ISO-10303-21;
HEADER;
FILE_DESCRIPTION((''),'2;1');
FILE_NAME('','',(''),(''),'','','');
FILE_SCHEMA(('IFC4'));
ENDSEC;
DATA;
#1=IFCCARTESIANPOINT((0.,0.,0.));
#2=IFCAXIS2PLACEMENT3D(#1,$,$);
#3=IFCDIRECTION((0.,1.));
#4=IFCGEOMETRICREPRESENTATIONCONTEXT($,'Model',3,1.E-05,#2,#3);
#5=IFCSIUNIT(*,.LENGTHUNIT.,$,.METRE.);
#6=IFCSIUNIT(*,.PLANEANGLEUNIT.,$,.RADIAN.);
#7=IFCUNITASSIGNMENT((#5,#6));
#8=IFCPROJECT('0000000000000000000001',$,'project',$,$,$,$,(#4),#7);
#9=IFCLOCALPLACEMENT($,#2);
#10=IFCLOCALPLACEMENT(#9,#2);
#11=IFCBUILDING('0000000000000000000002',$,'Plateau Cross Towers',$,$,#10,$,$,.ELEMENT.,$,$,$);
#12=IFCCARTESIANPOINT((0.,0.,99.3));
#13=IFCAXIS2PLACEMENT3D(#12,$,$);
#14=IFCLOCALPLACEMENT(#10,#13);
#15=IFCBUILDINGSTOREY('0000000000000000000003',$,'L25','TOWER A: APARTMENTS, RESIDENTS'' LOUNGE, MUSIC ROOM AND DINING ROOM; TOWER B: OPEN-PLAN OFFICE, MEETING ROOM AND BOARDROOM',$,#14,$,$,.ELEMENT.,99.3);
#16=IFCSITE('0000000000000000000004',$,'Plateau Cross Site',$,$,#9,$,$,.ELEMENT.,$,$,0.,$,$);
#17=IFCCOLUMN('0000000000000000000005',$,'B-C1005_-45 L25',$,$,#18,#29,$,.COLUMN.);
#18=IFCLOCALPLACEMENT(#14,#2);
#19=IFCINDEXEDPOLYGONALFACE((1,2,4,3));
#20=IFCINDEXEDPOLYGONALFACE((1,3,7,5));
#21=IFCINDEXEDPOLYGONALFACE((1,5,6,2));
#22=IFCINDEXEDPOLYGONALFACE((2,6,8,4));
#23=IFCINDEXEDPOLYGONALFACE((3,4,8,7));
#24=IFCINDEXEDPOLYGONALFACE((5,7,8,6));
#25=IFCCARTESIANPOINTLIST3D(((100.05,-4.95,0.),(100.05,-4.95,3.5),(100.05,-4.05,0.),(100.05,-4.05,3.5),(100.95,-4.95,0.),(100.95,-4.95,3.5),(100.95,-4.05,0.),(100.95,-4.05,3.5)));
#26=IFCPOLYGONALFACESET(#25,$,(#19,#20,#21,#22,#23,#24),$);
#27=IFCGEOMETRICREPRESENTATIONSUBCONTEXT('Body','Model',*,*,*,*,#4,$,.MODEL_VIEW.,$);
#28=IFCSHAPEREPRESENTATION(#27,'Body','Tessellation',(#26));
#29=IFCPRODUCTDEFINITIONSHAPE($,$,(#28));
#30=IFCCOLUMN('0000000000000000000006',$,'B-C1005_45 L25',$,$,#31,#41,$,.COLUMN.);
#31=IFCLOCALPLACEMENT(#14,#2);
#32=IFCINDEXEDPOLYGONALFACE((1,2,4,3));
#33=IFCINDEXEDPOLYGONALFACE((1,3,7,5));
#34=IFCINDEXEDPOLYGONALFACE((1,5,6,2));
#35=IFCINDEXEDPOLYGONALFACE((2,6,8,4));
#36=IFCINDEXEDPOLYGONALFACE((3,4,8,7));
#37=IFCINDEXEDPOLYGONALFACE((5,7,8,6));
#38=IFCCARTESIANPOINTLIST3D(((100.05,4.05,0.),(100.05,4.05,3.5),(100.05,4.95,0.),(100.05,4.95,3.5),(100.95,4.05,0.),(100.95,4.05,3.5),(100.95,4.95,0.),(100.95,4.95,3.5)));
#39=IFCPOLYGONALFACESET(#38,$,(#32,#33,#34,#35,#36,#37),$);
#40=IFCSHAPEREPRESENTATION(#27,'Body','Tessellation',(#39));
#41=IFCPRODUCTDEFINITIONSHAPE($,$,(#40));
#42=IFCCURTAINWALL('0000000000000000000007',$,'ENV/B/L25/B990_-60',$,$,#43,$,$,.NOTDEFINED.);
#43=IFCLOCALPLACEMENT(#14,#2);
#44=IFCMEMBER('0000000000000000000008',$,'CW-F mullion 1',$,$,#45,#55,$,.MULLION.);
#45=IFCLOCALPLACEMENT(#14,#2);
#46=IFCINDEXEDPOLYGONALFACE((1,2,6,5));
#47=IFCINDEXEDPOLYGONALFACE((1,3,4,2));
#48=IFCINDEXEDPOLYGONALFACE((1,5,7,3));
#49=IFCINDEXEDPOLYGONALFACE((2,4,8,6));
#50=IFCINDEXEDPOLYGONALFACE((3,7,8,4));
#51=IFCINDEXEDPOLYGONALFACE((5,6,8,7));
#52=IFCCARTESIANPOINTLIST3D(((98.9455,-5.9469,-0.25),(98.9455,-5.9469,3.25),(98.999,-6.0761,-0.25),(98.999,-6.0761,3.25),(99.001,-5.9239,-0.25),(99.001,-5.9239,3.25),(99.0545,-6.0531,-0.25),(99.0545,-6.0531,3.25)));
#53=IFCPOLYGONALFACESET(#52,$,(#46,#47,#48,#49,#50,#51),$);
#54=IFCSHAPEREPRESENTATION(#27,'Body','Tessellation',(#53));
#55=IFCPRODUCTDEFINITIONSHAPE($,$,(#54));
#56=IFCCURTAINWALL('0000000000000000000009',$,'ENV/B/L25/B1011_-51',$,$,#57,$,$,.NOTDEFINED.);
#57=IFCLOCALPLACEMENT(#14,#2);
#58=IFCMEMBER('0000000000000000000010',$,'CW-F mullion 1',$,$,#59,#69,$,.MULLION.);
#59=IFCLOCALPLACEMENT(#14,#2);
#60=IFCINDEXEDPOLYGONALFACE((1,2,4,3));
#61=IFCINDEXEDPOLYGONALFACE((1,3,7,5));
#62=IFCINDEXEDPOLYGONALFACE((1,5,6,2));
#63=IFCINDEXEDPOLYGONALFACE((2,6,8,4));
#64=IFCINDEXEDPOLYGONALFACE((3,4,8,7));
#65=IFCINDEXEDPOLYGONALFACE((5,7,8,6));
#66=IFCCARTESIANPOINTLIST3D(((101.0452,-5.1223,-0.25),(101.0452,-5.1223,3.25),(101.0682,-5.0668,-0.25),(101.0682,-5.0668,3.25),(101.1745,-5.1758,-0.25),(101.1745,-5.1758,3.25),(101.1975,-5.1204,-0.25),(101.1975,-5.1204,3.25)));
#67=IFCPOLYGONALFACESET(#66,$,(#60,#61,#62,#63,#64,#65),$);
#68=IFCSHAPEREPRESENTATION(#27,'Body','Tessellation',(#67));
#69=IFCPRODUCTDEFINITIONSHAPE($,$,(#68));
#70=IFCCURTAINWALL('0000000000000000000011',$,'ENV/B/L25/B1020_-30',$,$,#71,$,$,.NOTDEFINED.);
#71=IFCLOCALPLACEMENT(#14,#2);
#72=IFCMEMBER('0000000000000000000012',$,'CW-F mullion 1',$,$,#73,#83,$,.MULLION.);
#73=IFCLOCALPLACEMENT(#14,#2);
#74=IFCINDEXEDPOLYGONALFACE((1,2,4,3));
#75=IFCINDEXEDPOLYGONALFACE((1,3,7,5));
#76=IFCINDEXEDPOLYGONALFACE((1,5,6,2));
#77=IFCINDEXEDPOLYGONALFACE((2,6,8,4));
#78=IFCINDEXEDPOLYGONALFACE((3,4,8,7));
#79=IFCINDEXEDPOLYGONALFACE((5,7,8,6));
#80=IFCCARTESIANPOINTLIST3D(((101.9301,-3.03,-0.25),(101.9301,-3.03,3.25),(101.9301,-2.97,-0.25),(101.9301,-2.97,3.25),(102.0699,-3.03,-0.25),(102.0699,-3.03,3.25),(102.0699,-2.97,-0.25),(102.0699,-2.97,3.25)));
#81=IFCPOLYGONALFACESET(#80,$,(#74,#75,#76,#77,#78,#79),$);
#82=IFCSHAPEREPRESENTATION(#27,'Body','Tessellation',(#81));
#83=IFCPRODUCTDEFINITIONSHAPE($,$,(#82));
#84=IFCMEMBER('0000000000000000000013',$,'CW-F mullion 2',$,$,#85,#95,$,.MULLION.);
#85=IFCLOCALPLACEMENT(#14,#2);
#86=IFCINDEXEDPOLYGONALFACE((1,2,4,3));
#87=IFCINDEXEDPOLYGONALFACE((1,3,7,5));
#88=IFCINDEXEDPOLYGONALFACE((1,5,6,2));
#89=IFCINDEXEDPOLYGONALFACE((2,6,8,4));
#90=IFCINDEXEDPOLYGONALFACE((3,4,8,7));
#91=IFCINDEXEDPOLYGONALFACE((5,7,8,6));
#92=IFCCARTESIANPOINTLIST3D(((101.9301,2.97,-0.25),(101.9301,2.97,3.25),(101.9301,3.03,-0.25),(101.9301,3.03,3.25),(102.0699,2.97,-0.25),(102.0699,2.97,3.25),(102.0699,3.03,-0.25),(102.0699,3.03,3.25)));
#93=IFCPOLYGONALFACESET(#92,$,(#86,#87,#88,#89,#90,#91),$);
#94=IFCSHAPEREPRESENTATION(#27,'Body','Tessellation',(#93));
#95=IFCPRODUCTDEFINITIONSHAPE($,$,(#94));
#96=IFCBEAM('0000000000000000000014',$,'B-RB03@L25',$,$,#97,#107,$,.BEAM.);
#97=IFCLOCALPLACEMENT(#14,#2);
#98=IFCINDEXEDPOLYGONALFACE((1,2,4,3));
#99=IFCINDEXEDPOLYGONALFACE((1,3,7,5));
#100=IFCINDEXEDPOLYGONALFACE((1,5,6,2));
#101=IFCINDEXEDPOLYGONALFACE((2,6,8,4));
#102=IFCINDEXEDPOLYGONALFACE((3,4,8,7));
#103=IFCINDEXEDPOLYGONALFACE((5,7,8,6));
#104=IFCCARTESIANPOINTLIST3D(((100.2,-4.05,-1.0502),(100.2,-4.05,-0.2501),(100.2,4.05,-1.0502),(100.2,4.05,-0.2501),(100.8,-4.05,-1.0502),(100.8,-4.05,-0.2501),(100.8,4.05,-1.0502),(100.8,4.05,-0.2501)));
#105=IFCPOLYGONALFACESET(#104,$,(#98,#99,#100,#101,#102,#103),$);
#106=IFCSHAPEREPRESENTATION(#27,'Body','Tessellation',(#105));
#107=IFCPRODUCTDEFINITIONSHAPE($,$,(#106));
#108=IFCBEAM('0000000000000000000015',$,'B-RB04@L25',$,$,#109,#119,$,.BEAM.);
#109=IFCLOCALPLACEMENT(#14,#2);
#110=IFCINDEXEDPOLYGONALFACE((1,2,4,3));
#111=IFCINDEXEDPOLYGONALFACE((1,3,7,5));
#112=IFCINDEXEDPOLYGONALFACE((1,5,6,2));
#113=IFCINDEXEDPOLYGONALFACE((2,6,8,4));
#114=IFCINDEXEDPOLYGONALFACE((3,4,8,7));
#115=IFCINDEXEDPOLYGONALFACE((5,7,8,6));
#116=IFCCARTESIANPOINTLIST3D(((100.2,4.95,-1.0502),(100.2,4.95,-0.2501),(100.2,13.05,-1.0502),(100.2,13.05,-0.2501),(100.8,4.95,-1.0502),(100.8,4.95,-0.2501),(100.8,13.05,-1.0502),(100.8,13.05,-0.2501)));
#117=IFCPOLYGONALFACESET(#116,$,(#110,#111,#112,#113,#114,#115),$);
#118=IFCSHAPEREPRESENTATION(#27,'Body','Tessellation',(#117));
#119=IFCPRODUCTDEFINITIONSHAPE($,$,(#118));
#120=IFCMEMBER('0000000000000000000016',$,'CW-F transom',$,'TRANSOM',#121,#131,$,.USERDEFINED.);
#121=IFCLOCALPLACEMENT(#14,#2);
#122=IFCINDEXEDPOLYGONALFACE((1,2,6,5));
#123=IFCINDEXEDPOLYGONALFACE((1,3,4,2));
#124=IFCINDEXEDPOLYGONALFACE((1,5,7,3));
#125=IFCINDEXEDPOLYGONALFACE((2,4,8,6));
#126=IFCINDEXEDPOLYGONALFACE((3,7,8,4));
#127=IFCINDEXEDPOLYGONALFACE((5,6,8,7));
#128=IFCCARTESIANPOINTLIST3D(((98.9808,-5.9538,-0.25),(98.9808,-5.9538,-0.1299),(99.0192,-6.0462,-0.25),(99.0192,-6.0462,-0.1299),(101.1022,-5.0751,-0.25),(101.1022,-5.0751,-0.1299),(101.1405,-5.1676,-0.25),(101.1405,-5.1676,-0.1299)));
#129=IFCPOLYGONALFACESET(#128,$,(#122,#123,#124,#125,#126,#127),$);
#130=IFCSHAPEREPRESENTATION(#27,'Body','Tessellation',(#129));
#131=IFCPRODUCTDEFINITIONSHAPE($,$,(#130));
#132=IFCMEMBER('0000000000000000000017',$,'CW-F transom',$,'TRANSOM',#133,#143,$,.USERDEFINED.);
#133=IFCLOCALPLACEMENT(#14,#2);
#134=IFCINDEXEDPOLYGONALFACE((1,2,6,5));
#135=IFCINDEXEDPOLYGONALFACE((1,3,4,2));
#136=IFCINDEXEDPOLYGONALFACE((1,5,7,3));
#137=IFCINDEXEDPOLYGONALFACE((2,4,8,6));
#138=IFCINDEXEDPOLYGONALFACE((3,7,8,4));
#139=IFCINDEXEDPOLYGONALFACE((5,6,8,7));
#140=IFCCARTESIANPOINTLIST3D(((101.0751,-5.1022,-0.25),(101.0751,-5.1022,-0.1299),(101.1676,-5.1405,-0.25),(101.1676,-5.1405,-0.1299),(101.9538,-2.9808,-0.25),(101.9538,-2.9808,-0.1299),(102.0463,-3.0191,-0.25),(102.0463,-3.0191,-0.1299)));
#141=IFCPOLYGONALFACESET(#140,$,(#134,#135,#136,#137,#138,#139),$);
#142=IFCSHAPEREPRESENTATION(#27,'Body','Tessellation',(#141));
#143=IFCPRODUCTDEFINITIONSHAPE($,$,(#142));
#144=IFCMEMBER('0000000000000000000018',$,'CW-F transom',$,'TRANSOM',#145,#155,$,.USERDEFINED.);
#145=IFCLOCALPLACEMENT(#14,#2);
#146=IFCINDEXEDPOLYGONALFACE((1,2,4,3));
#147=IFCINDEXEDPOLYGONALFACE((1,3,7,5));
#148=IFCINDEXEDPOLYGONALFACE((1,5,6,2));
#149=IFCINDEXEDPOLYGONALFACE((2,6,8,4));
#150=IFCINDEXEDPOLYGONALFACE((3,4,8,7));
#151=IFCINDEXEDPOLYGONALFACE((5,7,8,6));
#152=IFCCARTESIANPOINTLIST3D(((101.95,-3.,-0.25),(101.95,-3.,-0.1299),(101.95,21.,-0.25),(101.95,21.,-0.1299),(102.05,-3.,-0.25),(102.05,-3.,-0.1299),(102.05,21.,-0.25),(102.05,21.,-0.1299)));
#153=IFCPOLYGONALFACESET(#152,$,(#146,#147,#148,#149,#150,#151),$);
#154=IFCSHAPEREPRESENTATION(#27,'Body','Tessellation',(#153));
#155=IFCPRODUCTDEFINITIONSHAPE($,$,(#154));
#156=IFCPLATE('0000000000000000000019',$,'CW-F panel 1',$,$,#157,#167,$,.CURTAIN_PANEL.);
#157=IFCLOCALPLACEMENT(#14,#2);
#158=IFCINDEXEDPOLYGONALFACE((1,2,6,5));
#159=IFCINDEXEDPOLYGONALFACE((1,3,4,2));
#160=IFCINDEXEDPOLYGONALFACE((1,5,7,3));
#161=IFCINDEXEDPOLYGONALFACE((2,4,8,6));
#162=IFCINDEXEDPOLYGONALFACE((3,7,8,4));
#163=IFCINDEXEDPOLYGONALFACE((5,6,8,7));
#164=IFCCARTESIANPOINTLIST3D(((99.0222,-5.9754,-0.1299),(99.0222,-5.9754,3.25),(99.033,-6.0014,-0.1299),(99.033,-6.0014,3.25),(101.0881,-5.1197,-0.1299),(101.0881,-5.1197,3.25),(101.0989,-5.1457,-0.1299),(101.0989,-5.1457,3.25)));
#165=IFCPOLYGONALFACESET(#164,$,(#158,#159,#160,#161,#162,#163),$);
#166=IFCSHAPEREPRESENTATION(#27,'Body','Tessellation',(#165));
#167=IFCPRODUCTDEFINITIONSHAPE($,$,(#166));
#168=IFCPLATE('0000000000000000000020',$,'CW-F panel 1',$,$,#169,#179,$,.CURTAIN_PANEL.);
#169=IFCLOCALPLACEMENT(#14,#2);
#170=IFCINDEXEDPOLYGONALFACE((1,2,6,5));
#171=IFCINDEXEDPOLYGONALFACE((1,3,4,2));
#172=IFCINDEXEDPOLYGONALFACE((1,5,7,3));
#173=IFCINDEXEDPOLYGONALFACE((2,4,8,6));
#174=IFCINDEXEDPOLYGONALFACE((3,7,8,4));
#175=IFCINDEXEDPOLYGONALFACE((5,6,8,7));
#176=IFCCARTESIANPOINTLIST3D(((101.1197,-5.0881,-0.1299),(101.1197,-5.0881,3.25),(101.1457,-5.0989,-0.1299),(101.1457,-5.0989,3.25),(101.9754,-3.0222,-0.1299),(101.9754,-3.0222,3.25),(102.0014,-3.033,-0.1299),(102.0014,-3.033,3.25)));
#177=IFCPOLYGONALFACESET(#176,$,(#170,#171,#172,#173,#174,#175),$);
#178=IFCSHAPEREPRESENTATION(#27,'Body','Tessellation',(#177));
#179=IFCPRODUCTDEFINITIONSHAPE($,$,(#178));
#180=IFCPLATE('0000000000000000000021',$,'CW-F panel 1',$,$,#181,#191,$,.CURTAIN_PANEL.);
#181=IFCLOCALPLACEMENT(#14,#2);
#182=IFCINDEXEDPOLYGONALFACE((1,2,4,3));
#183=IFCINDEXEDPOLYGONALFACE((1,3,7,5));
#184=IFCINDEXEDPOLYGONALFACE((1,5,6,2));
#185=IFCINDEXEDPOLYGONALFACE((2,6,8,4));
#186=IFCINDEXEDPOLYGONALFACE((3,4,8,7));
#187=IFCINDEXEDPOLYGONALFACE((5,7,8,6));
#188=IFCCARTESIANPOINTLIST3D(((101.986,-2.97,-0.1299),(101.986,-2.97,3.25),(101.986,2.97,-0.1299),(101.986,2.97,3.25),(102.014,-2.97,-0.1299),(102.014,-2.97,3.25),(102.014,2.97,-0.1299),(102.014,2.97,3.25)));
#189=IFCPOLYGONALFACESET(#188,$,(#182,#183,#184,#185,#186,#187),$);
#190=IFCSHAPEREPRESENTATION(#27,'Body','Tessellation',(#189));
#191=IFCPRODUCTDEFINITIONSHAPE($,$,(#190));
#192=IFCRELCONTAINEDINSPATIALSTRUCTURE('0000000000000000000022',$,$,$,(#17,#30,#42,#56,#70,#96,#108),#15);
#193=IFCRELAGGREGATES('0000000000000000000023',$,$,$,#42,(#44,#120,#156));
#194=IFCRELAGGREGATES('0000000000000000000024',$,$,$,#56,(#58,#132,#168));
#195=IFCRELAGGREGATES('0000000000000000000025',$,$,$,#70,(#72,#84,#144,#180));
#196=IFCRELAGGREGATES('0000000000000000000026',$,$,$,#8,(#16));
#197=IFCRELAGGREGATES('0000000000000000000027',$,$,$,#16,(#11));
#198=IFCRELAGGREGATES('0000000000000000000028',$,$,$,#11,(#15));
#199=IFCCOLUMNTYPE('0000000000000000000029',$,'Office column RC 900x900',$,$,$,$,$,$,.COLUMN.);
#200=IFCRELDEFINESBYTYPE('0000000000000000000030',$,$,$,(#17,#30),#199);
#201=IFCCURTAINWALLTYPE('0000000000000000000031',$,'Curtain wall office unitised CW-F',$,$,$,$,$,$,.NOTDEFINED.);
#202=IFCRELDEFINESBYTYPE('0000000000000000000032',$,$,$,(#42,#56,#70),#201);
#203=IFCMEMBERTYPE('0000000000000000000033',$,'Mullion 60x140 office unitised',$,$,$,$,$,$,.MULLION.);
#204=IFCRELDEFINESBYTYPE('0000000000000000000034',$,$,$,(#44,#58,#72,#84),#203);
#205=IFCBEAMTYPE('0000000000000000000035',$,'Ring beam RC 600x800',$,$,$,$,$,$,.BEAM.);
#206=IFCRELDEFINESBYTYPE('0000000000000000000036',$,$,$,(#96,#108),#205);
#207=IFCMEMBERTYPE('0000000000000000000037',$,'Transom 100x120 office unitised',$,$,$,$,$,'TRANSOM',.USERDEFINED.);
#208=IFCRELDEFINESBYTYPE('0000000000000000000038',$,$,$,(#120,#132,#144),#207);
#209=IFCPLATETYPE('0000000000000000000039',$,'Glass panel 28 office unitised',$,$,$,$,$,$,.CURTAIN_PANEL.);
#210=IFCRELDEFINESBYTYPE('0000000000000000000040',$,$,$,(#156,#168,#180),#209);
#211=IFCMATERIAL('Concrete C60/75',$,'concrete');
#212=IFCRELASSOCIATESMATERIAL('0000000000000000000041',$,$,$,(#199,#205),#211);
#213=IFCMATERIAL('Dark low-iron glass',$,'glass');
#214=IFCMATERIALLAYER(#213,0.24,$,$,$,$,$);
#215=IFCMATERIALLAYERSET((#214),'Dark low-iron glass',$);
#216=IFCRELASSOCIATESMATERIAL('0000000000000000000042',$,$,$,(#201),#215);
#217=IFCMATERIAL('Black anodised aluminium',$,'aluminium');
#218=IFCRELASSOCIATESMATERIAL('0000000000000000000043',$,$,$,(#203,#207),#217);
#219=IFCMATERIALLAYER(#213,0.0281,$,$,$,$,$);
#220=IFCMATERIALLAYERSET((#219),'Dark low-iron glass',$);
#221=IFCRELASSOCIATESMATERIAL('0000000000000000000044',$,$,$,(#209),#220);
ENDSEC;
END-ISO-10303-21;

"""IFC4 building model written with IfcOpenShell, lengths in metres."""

from ifc_helpers import new_model, si_unit, direction, frame, origin, origin_2d, place, context, subcontext, project, spatial, rectangle, extrude, material, layer, layer_set, material_profile, profile_set, type_object, element, aggregate, save


model = new_model("IFC4")

# Units and contexts
model_context = context("Model", 3, precision=1e-05, world=origin(), true_north=direction((0.0, 1.0)))
body_context = subcontext(model_context, "Body", "Model", "MODEL_VIEW")
ifc_project = project(units=[si_unit("LENGTHUNIT", "METRE"), si_unit("PLANEANGLEUNIT", "RADIAN")], contexts=[model_context])

# Site, building, storey
site_placement = place(None, origin())
site = spatial("IfcSite", under=ifc_project, at=site_placement, Name="Plateau Cross Site", CompositionType="ELEMENT", RefElevation=0.0)
building_placement = place(site_placement, origin())
building = spatial("IfcBuilding", under=site, at=building_placement, Name="Plateau Cross Towers", CompositionType="ELEMENT")
storey_placement = place(building_placement, frame((0.0, 0.0, 99.3)))
storey = spatial("IfcBuildingStorey", under=building, at=storey_placement, Name="L25", Description="TOWER A: APARTMENTS, RESIDENTS' LOUNGE, MUSIC ROOM AND DINING ROOM; TOWER B: OPEN-PLAN OFFICE, MEETING ROOM AND BOARDROOM", CompositionType="ELEMENT", Elevation=99.3)

# Columns
ifc_material_1 = material(Name="Concrete C60/75", Category="concrete")
ifc_material_profile_1 = material_profile(ifc_material_1, rectangle(XDim=0.8999, YDim=0.8999, at=origin_2d()), Name="RC 900x900")
ifc_profile_set_1 = profile_set([ifc_material_profile_1], Name="Concrete C60/75")
column_type = type_object("IfcColumnType", Name="Office column RC 900x900", PredefinedType="COLUMN", material=ifc_profile_set_1)
for number, where, z_axis, x_axis, name in (
    (1, (100.5, -4.5, 0.0), (0.0, 0.0, 1.0), (1.0, 0.0, 0.0), "B-C1005_-45 L25"),
    (2, (100.5, 4.5, 0.0), (0.0, 0.0, 1.0), (1.0, 0.0, 0.0), "B-C1005_45 L25"),
):
    element("IfcColumn", number, at=place(storey_placement, frame(where, z_axis=z_axis, x_axis=x_axis)), inside=storey, type_object=column_type, Name=name, PredefinedType="COLUMN", context=body_context, shape_type="SweptSolid", body=[
        extrude(rectangle(XDim=0.8999, YDim=0.8999, at=origin_2d()), origin(), (0.0, 0.0, 1.0), 3.5),
    ])

# Curtain walls, members
ifc_material_2 = material(Name="Dark low-iron glass", Category="glass")
ifc_layer_1 = layer(ifc_material_2, 0.24)
ifc_layer_set_1 = layer_set([ifc_layer_1], Name="Dark low-iron glass")
curtain_wall_type = type_object("IfcCurtainWallType", Name="Curtain wall office unitised CW-F", PredefinedType="NOTDEFINED", material=ifc_layer_set_1)
curtain_wall_1_placement = place(storey_placement, origin())
curtain_wall_1 = element("IfcCurtainWall", 3, at=curtain_wall_1_placement, inside=storey, type_object=curtain_wall_type, Name="ENV/B/L25/B990_-60", PredefinedType="NOTDEFINED")
ifc_material_3 = material(Name="Black anodised aluminium", Category="aluminium")
ifc_material_profile_2 = material_profile(ifc_material_3, rectangle(XDim=0.0601, YDim=0.1399, at=origin_2d()), Name="MULLION 60x140")
ifc_profile_set_2 = profile_set([ifc_material_profile_2], Name="Black anodised aluminium")
member_type_1 = type_object("IfcMemberType", Name="Mullion 60x140 office unitised", PredefinedType="MULLION", material=ifc_profile_set_2)
member_1_placement = place(storey_placement, frame((99.0, -6.0, -0.25), z_axis=(0.0, 0.0, 1.0), x_axis=(0.923879, 0.382684, 0.0)))
member_1 = element("IfcMember", 4, at=member_1_placement, type_object=member_type_1, Name="CW-F mullion 1", PredefinedType="MULLION", context=body_context, shape_type="SweptSolid", body=[
    extrude(rectangle(XDim=0.0601, YDim=0.1399, at=origin_2d()), origin(), (0.0, 0.0, 1.0), 3.5),
])
curtain_wall_2_placement = place(storey_placement, origin())
curtain_wall_2 = element("IfcCurtainWall", 5, at=curtain_wall_2_placement, inside=storey, type_object=curtain_wall_type, Name="ENV/B/L25/B1011_-51", PredefinedType="NOTDEFINED")
member_2_placement = place(storey_placement, frame((101.1213, -5.1213, -0.25), z_axis=(0.0, 0.0, 1.0), x_axis=(0.382684, 0.923879, 0.0)))
member_2 = element("IfcMember", 6, at=member_2_placement, type_object=member_type_1, Name="CW-F mullion 1", PredefinedType="MULLION", context=body_context, shape_type="SweptSolid", body=[
    extrude(rectangle(XDim=0.0601, YDim=0.1399, at=origin_2d()), origin(), (0.0, 0.0, 1.0), 3.5),
])

# Curtain wall, members
curtain_wall_3_placement = place(storey_placement, origin())
curtain_wall_3 = element("IfcCurtainWall", 7, at=curtain_wall_3_placement, inside=storey, type_object=curtain_wall_type, Name="ENV/B/L25/B1020_-30", PredefinedType="NOTDEFINED")
member_3_placement = place(storey_placement, frame((102.0, -3.0, -0.25), z_axis=(0.0, 0.0, 1.0), x_axis=(0.0, 1.0, 0.0)))
member_3 = element("IfcMember", 8, at=member_3_placement, type_object=member_type_1, Name="CW-F mullion 1", PredefinedType="MULLION", context=body_context, shape_type="SweptSolid", body=[
    extrude(rectangle(XDim=0.0601, YDim=0.1399, at=origin_2d()), origin(), (0.0, 0.0, 1.0), 3.5),
])
member_4_placement = place(storey_placement, frame((102.0, 3.0, -0.25), z_axis=(0.0, 0.0, 1.0), x_axis=(0.0, 1.0, 0.0)))
member_4 = element("IfcMember", 9, at=member_4_placement, type_object=member_type_1, Name="CW-F mullion 2", PredefinedType="MULLION", context=body_context, shape_type="SweptSolid", body=[
    extrude(rectangle(XDim=0.0601, YDim=0.1399, at=origin_2d()), origin(), (0.0, 0.0, 1.0), 3.5),
])

# Beams
ifc_material_profile_3 = material_profile(ifc_material_1, rectangle(XDim=0.6001, YDim=0.8, at=origin_2d()), Name="RC 600x800")
ifc_profile_set_3 = profile_set([ifc_material_profile_3], Name="Concrete C60/75")
beam_type = type_object("IfcBeamType", Name="Ring beam RC 600x800", PredefinedType="BEAM", material=ifc_profile_set_3)
for number, where, z_axis, x_axis, name in (
    (10, (100.5, -4.05, -0.6501), (0.0, 1.0, 0.0), (-1.0, 0.0, 0.0), "B-RB03@L25"),
    (11, (100.5, 4.95, -0.6501), (0.0, 1.0, 0.0), (-1.0, 0.0, 0.0), "B-RB04@L25"),
):
    element("IfcBeam", number, at=place(storey_placement, frame(where, z_axis=z_axis, x_axis=x_axis)), inside=storey, type_object=beam_type, Name=name, PredefinedType="BEAM", context=body_context, shape_type="SweptSolid", body=[
        extrude(rectangle(XDim=0.6001, YDim=0.8, at=origin_2d()), origin(), (0.0, 0.0, 1.0), 8.1001),
    ])

# Members
ifc_material_profile_4 = material_profile(ifc_material_3, rectangle(XDim=0.1001, YDim=0.1201, at=origin_2d()), Name="TRANSOM 100x120")
ifc_profile_set_4 = profile_set([ifc_material_profile_4], Name="Black anodised aluminium")
member_type_2 = type_object("IfcMemberType", Name="Transom 100x120 office unitised", ElementType="TRANSOM", PredefinedType="USERDEFINED", material=ifc_profile_set_4)
member_5_placement = place(storey_placement, frame((99.0, -6.0, -0.1899), z_axis=(0.923883, 0.382674, 0.0), x_axis=(-0.382674, 0.923883, 0.0)))
member_5 = element("IfcMember", 12, at=member_5_placement, type_object=member_type_2, Name="CW-F transom", ObjectType="TRANSOM", PredefinedType="USERDEFINED", context=body_context, shape_type="SweptSolid", body=[
    extrude(rectangle(XDim=0.1001, YDim=0.1201, at=origin_2d()), origin(), (0.0, 0.0, 1.0), 2.2961),
])
member_6_placement = place(storey_placement, frame((101.1213, -5.1213, -0.1899), z_axis=(0.382674, 0.923883, 0.0), x_axis=(-0.923883, 0.382674, 0.0)))
member_6 = element("IfcMember", 13, at=member_6_placement, type_object=member_type_2, Name="CW-F transom", ObjectType="TRANSOM", PredefinedType="USERDEFINED", context=body_context, shape_type="SweptSolid", body=[
    extrude(rectangle(XDim=0.1001, YDim=0.1201, at=origin_2d()), origin(), (0.0, 0.0, 1.0), 2.2961),
])
member_7_placement = place(storey_placement, frame((102.0, -3.0, -0.1899), z_axis=(0.0, 1.0, 0.0), x_axis=(-1.0, 0.0, 0.0)))
member_7 = element("IfcMember", 14, at=member_7_placement, type_object=member_type_2, Name="CW-F transom", ObjectType="TRANSOM", PredefinedType="USERDEFINED", context=body_context, shape_type="SweptSolid", body=[
    extrude(rectangle(XDim=0.1001, YDim=0.1201, at=origin_2d()), origin(), (0.0, 0.0, 1.0), 24.0),
])

# Plates
ifc_layer_2 = layer(ifc_material_2, 0.0281)
ifc_layer_set_2 = layer_set([ifc_layer_2], Name="Dark low-iron glass")
plate_type = type_object("IfcPlateType", Name="Glass panel 28 office unitised", PredefinedType="CURTAIN_PANEL", material=ifc_layer_set_2)
plate_1_placement = place(storey_placement, frame((100.0605, -5.5605, -0.1299), z_axis=(0.0, 0.0, 1.0), x_axis=(0.923879, 0.382684, 0.0)))
plate_1 = element("IfcPlate", 15, at=plate_1_placement, type_object=plate_type, Name="CW-F panel 1", PredefinedType="CURTAIN_PANEL", context=body_context, shape_type="SweptSolid", body=[
    extrude(rectangle(XDim=2.2361, YDim=0.0281, at=origin_2d()), origin(), (0.0, 0.0, 1.0), 3.3799),
])
aggregate(curtain_wall_1, [member_1, member_5, plate_1])
plate_2_placement = place(storey_placement, frame((101.5605, -4.0605, -0.1299), z_axis=(0.0, 0.0, 1.0), x_axis=(0.382684, 0.923879, 0.0)))
plate_2 = element("IfcPlate", 16, at=plate_2_placement, type_object=plate_type, Name="CW-F panel 1", PredefinedType="CURTAIN_PANEL", context=body_context, shape_type="SweptSolid", body=[
    extrude(rectangle(XDim=2.2361, YDim=0.0281, at=origin_2d()), origin(), (0.0, 0.0, 1.0), 3.3799),
])
aggregate(curtain_wall_2, [member_2, member_6, plate_2])
plate_3_placement = place(storey_placement, frame((102.0, 0.0, -0.1299), z_axis=(0.0, 0.0, 1.0), x_axis=(0.0, 1.0, 0.0)))
plate_3 = element("IfcPlate", 17, at=plate_3_placement, type_object=plate_type, Name="CW-F panel 1", PredefinedType="CURTAIN_PANEL", context=body_context, shape_type="SweptSolid", body=[
    extrude(rectangle(XDim=5.9399, YDim=0.0281, at=origin_2d()), origin(), (0.0, 0.0, 1.0), 3.3799),
])
aggregate(curtain_wall_3, [member_3, member_4, member_7, plate_3])

save(model, "model.ifc")
